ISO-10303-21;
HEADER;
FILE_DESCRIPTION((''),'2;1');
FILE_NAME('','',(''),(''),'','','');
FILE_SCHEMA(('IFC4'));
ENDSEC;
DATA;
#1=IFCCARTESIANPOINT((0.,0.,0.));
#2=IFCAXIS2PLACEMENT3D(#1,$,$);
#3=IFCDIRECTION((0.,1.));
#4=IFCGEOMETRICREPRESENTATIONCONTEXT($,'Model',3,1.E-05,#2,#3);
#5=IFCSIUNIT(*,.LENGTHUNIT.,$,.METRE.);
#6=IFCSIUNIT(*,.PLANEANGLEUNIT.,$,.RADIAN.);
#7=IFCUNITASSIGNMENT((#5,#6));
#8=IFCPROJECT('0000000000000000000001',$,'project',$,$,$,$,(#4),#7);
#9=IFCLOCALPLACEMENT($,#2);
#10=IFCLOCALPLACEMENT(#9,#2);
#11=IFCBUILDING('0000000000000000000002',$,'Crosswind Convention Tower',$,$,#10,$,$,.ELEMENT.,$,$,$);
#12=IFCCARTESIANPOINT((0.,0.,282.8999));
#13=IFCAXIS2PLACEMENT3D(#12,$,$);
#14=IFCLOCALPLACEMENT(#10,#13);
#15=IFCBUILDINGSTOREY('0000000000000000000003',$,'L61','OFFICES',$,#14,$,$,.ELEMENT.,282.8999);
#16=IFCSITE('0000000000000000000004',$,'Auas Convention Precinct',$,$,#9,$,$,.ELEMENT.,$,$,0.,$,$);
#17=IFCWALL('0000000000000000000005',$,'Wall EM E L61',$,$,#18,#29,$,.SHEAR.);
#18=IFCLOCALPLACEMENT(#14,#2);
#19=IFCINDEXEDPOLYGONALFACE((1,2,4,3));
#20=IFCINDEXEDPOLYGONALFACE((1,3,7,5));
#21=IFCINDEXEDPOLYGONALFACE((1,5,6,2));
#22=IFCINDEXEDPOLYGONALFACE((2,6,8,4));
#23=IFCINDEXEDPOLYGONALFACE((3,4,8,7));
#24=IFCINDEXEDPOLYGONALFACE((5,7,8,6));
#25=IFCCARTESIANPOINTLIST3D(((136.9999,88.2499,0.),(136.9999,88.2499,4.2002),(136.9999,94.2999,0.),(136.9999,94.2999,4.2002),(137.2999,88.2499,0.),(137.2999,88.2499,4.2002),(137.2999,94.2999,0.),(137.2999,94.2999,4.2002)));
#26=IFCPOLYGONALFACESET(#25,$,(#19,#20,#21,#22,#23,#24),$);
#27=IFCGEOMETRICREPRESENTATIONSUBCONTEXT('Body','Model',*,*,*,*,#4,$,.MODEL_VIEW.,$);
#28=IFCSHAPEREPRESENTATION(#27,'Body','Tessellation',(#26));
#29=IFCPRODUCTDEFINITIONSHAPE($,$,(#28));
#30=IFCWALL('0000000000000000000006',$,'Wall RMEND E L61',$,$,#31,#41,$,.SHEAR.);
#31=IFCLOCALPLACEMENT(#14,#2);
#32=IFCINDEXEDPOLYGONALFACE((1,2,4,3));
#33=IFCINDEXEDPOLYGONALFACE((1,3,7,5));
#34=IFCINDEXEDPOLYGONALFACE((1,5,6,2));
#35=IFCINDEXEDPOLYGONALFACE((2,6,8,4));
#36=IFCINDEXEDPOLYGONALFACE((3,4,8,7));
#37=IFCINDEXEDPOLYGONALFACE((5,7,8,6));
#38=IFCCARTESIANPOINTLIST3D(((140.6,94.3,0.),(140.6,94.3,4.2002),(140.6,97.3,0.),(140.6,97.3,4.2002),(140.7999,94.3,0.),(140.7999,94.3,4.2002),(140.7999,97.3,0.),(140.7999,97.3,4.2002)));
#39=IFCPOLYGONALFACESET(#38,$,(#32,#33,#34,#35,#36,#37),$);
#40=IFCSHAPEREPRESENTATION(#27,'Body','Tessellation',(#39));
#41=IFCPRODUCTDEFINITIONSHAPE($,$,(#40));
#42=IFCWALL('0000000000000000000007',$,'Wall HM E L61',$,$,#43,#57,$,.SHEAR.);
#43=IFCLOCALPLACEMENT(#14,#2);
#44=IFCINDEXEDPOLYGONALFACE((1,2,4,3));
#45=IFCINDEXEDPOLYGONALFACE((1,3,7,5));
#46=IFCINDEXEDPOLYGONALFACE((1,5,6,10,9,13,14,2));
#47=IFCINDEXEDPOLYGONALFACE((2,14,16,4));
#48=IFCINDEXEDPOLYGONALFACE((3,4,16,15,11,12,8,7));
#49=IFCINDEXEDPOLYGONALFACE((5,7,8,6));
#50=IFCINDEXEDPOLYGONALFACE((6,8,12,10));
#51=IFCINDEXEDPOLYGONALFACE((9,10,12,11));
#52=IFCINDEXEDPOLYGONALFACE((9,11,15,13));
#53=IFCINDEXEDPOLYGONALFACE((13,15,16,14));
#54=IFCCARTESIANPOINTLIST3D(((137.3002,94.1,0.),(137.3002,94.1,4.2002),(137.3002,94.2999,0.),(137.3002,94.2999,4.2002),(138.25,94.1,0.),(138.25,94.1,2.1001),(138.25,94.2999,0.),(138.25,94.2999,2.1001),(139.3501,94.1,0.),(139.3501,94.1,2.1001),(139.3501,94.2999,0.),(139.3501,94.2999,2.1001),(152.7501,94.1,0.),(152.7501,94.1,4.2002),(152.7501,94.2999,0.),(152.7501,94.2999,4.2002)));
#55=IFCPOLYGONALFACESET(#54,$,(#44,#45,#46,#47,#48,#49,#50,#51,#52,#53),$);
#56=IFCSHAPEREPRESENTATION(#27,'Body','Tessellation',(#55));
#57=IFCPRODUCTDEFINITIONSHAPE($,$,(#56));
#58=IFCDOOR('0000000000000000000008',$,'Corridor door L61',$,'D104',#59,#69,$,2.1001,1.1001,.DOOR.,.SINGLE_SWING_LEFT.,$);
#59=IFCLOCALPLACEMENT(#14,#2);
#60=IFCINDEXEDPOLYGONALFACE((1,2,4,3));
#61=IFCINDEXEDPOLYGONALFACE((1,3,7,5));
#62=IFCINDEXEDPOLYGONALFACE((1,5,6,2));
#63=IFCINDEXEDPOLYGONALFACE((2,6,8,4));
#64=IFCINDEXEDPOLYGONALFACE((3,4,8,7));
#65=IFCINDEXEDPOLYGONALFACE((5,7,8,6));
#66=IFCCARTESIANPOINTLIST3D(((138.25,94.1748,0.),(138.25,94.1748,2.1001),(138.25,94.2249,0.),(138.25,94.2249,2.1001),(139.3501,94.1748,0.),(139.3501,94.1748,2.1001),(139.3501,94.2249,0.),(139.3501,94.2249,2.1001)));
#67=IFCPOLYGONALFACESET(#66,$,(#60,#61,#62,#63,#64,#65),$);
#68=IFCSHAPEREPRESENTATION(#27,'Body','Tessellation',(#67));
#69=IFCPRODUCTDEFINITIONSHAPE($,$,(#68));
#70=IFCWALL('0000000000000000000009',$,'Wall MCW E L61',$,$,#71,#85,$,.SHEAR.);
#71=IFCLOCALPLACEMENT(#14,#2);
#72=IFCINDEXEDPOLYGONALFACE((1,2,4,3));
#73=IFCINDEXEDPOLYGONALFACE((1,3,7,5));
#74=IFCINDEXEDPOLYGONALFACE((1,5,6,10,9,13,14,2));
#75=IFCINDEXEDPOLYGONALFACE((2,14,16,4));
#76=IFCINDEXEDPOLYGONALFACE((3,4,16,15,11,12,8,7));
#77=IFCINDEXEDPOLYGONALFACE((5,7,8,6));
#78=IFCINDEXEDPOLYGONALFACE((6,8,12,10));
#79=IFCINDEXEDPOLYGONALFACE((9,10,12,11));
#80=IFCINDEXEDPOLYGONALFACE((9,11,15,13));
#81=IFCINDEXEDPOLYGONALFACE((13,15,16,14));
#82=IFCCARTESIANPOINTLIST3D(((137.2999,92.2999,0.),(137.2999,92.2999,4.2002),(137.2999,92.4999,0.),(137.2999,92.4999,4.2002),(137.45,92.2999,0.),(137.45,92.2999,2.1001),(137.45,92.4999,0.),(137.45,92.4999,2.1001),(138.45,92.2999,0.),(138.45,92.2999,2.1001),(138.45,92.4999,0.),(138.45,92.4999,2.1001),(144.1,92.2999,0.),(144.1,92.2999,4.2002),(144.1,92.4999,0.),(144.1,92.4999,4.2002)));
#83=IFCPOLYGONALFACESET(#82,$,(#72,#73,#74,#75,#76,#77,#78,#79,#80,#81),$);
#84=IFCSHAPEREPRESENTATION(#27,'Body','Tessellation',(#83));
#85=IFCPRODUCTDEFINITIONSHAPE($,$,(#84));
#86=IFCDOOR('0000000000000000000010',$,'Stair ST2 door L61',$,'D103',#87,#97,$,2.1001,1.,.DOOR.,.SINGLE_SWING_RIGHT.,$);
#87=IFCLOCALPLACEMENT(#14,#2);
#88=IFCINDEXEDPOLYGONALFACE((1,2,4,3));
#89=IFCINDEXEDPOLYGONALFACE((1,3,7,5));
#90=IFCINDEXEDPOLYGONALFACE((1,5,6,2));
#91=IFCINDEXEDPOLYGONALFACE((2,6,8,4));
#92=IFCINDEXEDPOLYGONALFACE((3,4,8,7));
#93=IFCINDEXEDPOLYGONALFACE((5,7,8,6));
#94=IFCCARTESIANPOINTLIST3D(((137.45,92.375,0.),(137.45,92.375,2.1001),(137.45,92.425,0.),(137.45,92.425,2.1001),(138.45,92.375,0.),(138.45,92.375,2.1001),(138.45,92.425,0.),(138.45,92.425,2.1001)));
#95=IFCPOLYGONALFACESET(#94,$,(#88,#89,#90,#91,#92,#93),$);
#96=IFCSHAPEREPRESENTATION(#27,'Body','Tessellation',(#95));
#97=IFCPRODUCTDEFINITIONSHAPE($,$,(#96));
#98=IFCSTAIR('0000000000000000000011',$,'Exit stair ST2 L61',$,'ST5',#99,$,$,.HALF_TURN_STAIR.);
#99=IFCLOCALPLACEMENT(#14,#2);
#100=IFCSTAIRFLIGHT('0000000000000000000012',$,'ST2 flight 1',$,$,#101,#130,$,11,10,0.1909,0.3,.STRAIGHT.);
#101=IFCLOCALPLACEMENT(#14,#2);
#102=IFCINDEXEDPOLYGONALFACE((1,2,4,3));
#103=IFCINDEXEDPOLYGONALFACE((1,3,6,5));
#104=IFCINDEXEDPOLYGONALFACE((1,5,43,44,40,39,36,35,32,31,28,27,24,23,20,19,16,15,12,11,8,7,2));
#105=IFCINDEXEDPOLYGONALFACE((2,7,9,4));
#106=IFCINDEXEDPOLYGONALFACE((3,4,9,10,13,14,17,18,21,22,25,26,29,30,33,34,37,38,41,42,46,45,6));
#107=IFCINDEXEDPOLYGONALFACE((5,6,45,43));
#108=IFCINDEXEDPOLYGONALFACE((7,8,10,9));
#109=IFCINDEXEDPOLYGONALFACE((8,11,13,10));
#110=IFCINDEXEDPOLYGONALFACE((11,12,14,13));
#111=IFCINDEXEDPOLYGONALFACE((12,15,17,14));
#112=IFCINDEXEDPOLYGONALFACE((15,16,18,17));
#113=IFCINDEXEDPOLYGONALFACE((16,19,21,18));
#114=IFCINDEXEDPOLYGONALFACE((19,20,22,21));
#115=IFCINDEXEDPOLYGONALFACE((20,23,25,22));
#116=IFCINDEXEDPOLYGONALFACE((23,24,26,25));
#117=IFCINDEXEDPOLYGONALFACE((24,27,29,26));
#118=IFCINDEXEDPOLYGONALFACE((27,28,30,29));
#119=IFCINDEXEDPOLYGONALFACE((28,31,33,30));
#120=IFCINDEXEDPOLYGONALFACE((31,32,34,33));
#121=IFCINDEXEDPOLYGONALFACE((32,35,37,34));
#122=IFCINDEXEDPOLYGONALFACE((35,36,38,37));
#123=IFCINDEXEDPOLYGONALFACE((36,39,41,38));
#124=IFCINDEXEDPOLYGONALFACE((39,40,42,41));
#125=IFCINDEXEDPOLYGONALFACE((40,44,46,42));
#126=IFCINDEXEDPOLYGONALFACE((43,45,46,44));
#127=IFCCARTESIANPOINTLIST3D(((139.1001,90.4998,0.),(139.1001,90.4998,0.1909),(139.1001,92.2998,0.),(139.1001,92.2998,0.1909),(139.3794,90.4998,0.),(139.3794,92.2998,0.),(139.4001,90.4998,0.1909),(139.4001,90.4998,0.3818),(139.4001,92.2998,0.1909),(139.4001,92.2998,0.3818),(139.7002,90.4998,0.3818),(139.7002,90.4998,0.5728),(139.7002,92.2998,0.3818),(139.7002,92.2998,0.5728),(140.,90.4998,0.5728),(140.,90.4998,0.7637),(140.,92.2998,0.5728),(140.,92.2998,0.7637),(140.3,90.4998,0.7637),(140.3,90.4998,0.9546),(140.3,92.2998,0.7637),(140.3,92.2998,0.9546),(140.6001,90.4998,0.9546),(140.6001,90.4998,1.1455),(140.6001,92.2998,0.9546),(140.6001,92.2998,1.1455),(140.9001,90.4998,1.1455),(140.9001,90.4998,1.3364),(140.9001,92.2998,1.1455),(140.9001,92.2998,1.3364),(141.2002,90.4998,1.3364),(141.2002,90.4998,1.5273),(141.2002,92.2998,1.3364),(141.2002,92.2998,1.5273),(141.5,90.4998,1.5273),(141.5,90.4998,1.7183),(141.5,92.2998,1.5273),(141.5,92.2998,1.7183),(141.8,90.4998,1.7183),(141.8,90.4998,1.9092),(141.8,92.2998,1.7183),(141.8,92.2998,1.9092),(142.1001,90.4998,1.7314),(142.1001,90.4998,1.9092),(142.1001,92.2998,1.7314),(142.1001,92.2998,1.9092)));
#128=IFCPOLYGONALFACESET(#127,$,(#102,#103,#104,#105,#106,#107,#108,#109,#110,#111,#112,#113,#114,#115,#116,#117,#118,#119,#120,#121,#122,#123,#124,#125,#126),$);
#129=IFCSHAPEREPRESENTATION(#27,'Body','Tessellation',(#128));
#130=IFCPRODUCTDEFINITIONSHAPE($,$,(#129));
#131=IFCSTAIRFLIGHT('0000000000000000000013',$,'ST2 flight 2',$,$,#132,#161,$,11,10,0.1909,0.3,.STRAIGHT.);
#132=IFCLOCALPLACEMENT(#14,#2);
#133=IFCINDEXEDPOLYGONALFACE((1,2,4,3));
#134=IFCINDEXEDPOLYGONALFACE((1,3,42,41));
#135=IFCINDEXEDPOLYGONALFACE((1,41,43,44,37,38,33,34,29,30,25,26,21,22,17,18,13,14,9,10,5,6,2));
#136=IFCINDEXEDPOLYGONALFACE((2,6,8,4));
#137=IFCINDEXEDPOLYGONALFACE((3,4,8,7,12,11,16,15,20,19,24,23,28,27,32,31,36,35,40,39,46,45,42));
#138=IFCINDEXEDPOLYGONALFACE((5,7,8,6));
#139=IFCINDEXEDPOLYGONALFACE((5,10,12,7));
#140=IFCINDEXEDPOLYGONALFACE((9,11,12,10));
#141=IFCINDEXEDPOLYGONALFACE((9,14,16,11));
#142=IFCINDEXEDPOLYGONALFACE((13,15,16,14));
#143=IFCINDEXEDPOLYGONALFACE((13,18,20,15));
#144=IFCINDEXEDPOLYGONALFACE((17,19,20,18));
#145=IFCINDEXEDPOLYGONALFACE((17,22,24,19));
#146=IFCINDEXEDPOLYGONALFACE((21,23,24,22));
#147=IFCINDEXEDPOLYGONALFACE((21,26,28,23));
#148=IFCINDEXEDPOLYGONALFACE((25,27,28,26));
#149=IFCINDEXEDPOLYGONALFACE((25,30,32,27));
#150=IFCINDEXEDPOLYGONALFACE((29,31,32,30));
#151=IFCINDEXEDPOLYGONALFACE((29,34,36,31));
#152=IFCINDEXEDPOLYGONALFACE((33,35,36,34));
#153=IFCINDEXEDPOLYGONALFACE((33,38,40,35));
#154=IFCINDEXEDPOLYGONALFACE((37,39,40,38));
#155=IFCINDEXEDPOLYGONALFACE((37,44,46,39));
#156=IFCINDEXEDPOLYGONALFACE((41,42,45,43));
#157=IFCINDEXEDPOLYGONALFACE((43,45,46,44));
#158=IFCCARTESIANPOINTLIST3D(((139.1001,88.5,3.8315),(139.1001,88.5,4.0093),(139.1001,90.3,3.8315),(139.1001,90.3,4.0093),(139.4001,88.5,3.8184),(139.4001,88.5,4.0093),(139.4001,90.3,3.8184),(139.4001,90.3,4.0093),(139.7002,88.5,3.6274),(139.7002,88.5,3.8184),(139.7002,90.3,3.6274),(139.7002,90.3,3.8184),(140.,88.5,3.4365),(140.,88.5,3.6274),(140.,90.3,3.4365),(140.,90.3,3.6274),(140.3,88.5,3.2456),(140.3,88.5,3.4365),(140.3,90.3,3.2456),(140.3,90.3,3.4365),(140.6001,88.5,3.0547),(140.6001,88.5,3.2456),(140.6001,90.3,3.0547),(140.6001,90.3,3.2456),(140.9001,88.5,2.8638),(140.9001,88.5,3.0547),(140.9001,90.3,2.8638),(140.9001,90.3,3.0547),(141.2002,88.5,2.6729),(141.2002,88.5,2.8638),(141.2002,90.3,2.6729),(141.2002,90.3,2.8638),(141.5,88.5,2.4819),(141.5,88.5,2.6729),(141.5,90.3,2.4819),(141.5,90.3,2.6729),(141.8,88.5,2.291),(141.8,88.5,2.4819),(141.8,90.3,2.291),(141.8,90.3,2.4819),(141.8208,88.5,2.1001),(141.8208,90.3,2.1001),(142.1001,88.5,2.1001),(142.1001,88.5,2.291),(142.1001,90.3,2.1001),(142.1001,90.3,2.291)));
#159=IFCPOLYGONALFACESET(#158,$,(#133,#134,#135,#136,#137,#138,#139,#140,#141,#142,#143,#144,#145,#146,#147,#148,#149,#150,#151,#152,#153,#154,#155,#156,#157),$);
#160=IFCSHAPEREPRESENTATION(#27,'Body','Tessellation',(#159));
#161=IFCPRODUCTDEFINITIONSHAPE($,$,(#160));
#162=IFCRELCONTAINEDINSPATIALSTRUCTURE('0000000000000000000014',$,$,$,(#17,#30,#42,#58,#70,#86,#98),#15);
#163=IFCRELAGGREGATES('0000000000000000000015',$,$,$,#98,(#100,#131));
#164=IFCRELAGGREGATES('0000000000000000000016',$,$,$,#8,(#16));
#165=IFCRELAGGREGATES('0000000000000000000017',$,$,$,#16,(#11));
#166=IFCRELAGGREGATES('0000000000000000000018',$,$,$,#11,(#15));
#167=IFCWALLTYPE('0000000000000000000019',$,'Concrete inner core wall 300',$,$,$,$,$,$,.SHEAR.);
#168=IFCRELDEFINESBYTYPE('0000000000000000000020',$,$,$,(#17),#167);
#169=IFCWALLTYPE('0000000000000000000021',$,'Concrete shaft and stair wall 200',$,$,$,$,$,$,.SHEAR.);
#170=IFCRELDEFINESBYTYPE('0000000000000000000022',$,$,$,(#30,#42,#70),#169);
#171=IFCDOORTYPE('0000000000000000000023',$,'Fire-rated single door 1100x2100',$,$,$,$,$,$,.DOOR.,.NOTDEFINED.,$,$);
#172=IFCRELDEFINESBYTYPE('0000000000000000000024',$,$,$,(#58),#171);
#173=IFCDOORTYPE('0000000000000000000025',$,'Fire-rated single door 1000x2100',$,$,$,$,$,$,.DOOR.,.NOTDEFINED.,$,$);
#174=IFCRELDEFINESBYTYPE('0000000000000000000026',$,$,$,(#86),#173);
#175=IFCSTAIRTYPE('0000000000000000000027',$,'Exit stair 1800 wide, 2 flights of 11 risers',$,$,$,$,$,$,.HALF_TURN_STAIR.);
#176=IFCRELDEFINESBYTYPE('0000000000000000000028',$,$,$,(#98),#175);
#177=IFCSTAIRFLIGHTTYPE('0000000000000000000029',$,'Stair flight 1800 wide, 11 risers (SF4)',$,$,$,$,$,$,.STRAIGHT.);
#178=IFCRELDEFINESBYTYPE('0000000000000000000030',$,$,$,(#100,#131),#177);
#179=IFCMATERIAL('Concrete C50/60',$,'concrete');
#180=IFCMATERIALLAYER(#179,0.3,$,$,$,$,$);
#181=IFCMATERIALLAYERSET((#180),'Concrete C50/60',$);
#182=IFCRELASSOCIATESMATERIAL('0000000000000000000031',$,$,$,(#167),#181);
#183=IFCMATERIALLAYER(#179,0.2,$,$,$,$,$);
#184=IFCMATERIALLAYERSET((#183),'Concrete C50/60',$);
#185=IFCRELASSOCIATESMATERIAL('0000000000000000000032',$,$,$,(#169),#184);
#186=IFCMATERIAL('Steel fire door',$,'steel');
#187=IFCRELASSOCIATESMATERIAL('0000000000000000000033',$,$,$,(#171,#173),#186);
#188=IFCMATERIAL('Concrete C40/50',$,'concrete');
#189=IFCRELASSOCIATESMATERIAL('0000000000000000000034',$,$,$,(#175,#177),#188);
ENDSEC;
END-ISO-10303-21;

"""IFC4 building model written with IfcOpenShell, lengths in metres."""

from ifc_helpers import new_model, si_unit, direction, frame, frame_2d, origin, place, context, subcontext, project, spatial, polyline, rectangle, outline, extrude, material, layer, layer_set, type_object, element, fill, aggregate, save


model = new_model("IFC4")

# Units and contexts
model_context = context("Model", 3, precision=1e-05, world=origin(), true_north=direction((0.0, 1.0)))
body_context = subcontext(model_context, "Body", "Model", "MODEL_VIEW")
ifc_project = project(units=[si_unit("LENGTHUNIT", "METRE"), si_unit("PLANEANGLEUNIT", "RADIAN")], contexts=[model_context])

# Site, building, storey
site_placement = place(None, origin())
site = spatial("IfcSite", under=ifc_project, at=site_placement, Name="Auas Convention Precinct", CompositionType="ELEMENT", RefElevation=0.0)
building_placement = place(site_placement, origin())
building = spatial("IfcBuilding", under=site, at=building_placement, Name="Crosswind Convention Tower", CompositionType="ELEMENT")
storey_placement = place(building_placement, frame((0.0, 0.0, 282.8999)))
storey = spatial("IfcBuildingStorey", under=building, at=storey_placement, Name="L61", Description="OFFICES", CompositionType="ELEMENT", Elevation=282.8999)

# Shared definitions
ifc_material_1 = material(Name="Concrete C50/60", Category="concrete")
ifc_layer_1 = layer(ifc_material_1, 0.3)
ifc_layer_set_1 = layer_set([ifc_layer_1], Name="Concrete C50/60")
wall_type_1 = type_object("IfcWallType", Name="Concrete inner core wall 300", PredefinedType="SHEAR", material=ifc_layer_set_1)

# Walls
wall_1_placement = place(storey_placement, frame((137.1499, 88.25, 0.0), z_axis=(0.0, 0.0, 1.0), x_axis=(0.0, 1.0, 0.0)))
element("IfcWall", 1, at=wall_1_placement, inside=storey, type_object=wall_type_1, Name="Wall EM E L61", PredefinedType="SHEAR", context=body_context, shape_type="SweptSolid", body=[
    extrude(rectangle(XDim=6.05, YDim=0.3, at=frame_2d((3.0249, 0.0))), origin(), (0.0, 0.0, 1.0), 4.2002),
])
ifc_layer_2 = layer(ifc_material_1, 0.2)
ifc_layer_set_2 = layer_set([ifc_layer_2], Name="Concrete C50/60")
wall_type_2 = type_object("IfcWallType", Name="Concrete shaft and stair wall 200", PredefinedType="SHEAR", material=ifc_layer_set_2)
wall_2_placement = place(storey_placement, frame((140.7, 94.3, 0.0), z_axis=(0.0, 0.0, 1.0), x_axis=(0.0, 1.0, 0.0)))
element("IfcWall", 2, at=wall_2_placement, inside=storey, type_object=wall_type_2, Name="Wall RMEND E L61", PredefinedType="SHEAR", context=body_context, shape_type="SweptSolid", body=[
    extrude(rectangle(XDim=3.0, YDim=0.2, at=frame_2d((1.5, 0.0))), origin(), (0.0, 0.0, 1.0), 4.2002),
])

# Walls, openings, doors
wall_3_placement = place(storey_placement, frame((137.3, 94.2, 0.0), z_axis=(0.0, 0.0, 1.0), x_axis=(1.0, 0.0, 0.0)))
wall_3 = element("IfcWall", 3, at=wall_3_placement, inside=storey, type_object=wall_type_2, Name="Wall HM E L61", PredefinedType="SHEAR", context=body_context, shape_type="SweptSolid", body=[
    extrude(rectangle(XDim=15.45, YDim=0.2, at=frame_2d((7.7251, 0.0))), origin(), (0.0, 0.0, 1.0), 4.2002),
])
opening_1_placement = place(wall_3_placement, frame((0.95, 0.0, 0.0)))
opening_1 = element("IfcOpeningElement", 4, at=opening_1_placement, cuts=wall_3, PredefinedType="OPENING", context=body_context, shape_type="SweptSolid", body=[
    extrude(rectangle(XDim=1.1001, YDim=2.1001, at=frame_2d((0.55, 1.05))), frame((0.0, 0.1099, 0.0), z_axis=(0.0, -1.0, 0.0), x_axis=(1.0, 0.0, 0.0)), (0.0, 0.0, 1.0), 0.22),
])
ifc_material_2 = material(Name="Steel fire door", Category="steel")
door_type_1 = type_object("IfcDoorType", Name="Fire-rated single door 1100x2100", OperationType="NOTDEFINED", PredefinedType="DOOR", material=ifc_material_2)
door_1_placement = place(opening_1_placement, origin())
door_1 = element("IfcDoor", 5, at=door_1_placement, inside=storey, type_object=door_type_1, Name="Corridor door L61", ObjectType="D104", OperationType="SINGLE_SWING_LEFT", OverallHeight=2.1001, OverallWidth=1.1001, PredefinedType="DOOR", context=body_context, shape_type="SweptSolid", body=[
    extrude(rectangle(XDim=1.1001, YDim=2.1001, at=frame_2d((0.55, 1.05))), frame((0.0, 0.0249, 0.0), z_axis=(0.0, -1.0, 0.0), x_axis=(1.0, 0.0, 0.0)), (0.0, 0.0, 1.0), 0.05),
])
fill(opening_1, door_1)
wall_4_placement = place(storey_placement, frame((137.3, 92.3999, 0.0), z_axis=(0.0, 0.0, 1.0), x_axis=(1.0, 0.0, 0.0)))
wall_4 = element("IfcWall", 6, at=wall_4_placement, inside=storey, type_object=wall_type_2, Name="Wall MCW E L61", PredefinedType="SHEAR", context=body_context, shape_type="SweptSolid", body=[
    extrude(rectangle(XDim=6.8, YDim=0.2, at=frame_2d((3.3999, 0.0))), origin(), (0.0, 0.0, 1.0), 4.2002),
])
opening_2_placement = place(wall_4_placement, frame((0.1499, 0.0, 0.0)))
opening_2 = element("IfcOpeningElement", 7, at=opening_2_placement, cuts=wall_4, PredefinedType="OPENING", context=body_context, shape_type="SweptSolid", body=[
    extrude(rectangle(XDim=1.0, YDim=2.1001, at=frame_2d((0.5, 1.05))), frame((0.0, 0.1099, 0.0), z_axis=(0.0, -1.0, 0.0), x_axis=(1.0, 0.0, 0.0)), (0.0, 0.0, 1.0), 0.22),
])
door_type_2 = type_object("IfcDoorType", Name="Fire-rated single door 1000x2100", OperationType="NOTDEFINED", PredefinedType="DOOR", material=ifc_material_2)
door_2_placement = place(opening_2_placement, frame((1.0, 0.0, 0.0), z_axis=(0.0, 0.0, 1.0), x_axis=(-1.0, 0.0, 0.0)))
door_2 = element("IfcDoor", 8, at=door_2_placement, inside=storey, type_object=door_type_2, Name="Stair ST2 door L61", ObjectType="D103", OperationType="SINGLE_SWING_RIGHT", OverallHeight=2.1001, OverallWidth=1.0, PredefinedType="DOOR", context=body_context, shape_type="SweptSolid", body=[
    extrude(rectangle(XDim=1.0, YDim=2.1001, at=frame_2d((0.5, 1.05))), frame((0.0, 0.0249, 0.0), z_axis=(0.0, -1.0, 0.0), x_axis=(1.0, 0.0, 0.0)), (0.0, 0.0, 1.0), 0.05),
])
fill(opening_2, door_2)

# Stair, stair flights
ifc_material_3 = material(Name="Concrete C40/50", Category="concrete")
stair_type = type_object("IfcStairType", Name="Exit stair 1800 wide, 2 flights of 11 risers", PredefinedType="HALF_TURN_STAIR", material=ifc_material_3)
stair_placement = place(storey_placement, origin())
stair = element("IfcStair", 9, at=stair_placement, inside=storey, type_object=stair_type, Name="Exit stair ST2 L61", ObjectType="ST5", PredefinedType="HALF_TURN_STAIR")
stair_flight_type = type_object("IfcStairFlightType", Name="Stair flight 1800 wide, 11 risers (SF4)", PredefinedType="STRAIGHT", material=ifc_material_3)
stair_flight_1_placement = place(storey_placement, frame((139.1001, 91.3999, 0.0), z_axis=(0.0, 0.0, 1.0), x_axis=(1.0, 0.0, 0.0)))
stair_flight_1 = element("IfcStairFlight", 10, at=stair_flight_1_placement, type_object=stair_flight_type, Name="ST2 flight 1", NumberOfRisers=11, NumberOfTreads=10, PredefinedType="STRAIGHT", RiserHeight=0.1909, TreadLength=0.3, context=body_context, shape_type="SweptSolid", body=[
    extrude(outline(polyline([(0.0, 0.0), (0.0, 0.1909), (0.3, 0.1909), (0.3, 0.3818), (0.6001, 0.3818), (0.6001, 0.5728), (0.8999, 0.5728), (0.8999, 0.7637), (1.2, 0.7637), (1.2, 0.9546), (1.5, 0.9546), (1.5, 1.1455), (1.8, 1.1455), (1.8, 1.3364), (2.1001, 1.3364), (2.1001, 1.5273), (2.3999, 1.5273), (2.3999, 1.7183), (2.7, 1.7183), (2.7, 1.9092), (3.0, 1.9092), (3.0, 2.1001), (3.0, 1.7314), (0.2793, 0.0), (0.0, 0.0)])), frame((0.0, 0.8999, 0.0), z_axis=(0.0, -1.0, 0.0), x_axis=(1.0, 0.0, 0.0)), (0.0, 0.0, 1.0), 1.8),
])
stair_flight_2_placement = place(storey_placement, frame((142.1001, 89.3999, 2.1001), z_axis=(0.0, 0.0, 1.0), x_axis=(-1.0, 0.0, 0.0)))
stair_flight_2 = element("IfcStairFlight", 11, at=stair_flight_2_placement, type_object=stair_flight_type, Name="ST2 flight 2", NumberOfRisers=11, NumberOfTreads=10, PredefinedType="STRAIGHT", RiserHeight=0.1909, TreadLength=0.3, context=body_context, shape_type="SweptSolid", body=[
    extrude(outline(polyline([(0.0, 0.0), (0.0, 0.1909), (0.3, 0.1909), (0.3, 0.3818), (0.6001, 0.3818), (0.6001, 0.5728), (0.8999, 0.5728), (0.8999, 0.7637), (1.2, 0.7637), (1.2, 0.9546), (1.5, 0.9546), (1.5, 1.1455), (1.8, 1.1455), (1.8, 1.3364), (2.1001, 1.3364), (2.1001, 1.5273), (2.3999, 1.5273), (2.3999, 1.7183), (2.7, 1.7183), (2.7, 1.9092), (3.0, 1.9092), (3.0, 2.1001), (3.0, 1.7314), (0.2793, 0.0), (0.0, 0.0)])), frame((0.0, 0.8999, 0.0), z_axis=(0.0, -1.0, 0.0), x_axis=(1.0, 0.0, 0.0)), (0.0, 0.0, 1.0), 1.8),
])
aggregate(stair, [stair_flight_1, stair_flight_2])

save(model, "model.ifc")
